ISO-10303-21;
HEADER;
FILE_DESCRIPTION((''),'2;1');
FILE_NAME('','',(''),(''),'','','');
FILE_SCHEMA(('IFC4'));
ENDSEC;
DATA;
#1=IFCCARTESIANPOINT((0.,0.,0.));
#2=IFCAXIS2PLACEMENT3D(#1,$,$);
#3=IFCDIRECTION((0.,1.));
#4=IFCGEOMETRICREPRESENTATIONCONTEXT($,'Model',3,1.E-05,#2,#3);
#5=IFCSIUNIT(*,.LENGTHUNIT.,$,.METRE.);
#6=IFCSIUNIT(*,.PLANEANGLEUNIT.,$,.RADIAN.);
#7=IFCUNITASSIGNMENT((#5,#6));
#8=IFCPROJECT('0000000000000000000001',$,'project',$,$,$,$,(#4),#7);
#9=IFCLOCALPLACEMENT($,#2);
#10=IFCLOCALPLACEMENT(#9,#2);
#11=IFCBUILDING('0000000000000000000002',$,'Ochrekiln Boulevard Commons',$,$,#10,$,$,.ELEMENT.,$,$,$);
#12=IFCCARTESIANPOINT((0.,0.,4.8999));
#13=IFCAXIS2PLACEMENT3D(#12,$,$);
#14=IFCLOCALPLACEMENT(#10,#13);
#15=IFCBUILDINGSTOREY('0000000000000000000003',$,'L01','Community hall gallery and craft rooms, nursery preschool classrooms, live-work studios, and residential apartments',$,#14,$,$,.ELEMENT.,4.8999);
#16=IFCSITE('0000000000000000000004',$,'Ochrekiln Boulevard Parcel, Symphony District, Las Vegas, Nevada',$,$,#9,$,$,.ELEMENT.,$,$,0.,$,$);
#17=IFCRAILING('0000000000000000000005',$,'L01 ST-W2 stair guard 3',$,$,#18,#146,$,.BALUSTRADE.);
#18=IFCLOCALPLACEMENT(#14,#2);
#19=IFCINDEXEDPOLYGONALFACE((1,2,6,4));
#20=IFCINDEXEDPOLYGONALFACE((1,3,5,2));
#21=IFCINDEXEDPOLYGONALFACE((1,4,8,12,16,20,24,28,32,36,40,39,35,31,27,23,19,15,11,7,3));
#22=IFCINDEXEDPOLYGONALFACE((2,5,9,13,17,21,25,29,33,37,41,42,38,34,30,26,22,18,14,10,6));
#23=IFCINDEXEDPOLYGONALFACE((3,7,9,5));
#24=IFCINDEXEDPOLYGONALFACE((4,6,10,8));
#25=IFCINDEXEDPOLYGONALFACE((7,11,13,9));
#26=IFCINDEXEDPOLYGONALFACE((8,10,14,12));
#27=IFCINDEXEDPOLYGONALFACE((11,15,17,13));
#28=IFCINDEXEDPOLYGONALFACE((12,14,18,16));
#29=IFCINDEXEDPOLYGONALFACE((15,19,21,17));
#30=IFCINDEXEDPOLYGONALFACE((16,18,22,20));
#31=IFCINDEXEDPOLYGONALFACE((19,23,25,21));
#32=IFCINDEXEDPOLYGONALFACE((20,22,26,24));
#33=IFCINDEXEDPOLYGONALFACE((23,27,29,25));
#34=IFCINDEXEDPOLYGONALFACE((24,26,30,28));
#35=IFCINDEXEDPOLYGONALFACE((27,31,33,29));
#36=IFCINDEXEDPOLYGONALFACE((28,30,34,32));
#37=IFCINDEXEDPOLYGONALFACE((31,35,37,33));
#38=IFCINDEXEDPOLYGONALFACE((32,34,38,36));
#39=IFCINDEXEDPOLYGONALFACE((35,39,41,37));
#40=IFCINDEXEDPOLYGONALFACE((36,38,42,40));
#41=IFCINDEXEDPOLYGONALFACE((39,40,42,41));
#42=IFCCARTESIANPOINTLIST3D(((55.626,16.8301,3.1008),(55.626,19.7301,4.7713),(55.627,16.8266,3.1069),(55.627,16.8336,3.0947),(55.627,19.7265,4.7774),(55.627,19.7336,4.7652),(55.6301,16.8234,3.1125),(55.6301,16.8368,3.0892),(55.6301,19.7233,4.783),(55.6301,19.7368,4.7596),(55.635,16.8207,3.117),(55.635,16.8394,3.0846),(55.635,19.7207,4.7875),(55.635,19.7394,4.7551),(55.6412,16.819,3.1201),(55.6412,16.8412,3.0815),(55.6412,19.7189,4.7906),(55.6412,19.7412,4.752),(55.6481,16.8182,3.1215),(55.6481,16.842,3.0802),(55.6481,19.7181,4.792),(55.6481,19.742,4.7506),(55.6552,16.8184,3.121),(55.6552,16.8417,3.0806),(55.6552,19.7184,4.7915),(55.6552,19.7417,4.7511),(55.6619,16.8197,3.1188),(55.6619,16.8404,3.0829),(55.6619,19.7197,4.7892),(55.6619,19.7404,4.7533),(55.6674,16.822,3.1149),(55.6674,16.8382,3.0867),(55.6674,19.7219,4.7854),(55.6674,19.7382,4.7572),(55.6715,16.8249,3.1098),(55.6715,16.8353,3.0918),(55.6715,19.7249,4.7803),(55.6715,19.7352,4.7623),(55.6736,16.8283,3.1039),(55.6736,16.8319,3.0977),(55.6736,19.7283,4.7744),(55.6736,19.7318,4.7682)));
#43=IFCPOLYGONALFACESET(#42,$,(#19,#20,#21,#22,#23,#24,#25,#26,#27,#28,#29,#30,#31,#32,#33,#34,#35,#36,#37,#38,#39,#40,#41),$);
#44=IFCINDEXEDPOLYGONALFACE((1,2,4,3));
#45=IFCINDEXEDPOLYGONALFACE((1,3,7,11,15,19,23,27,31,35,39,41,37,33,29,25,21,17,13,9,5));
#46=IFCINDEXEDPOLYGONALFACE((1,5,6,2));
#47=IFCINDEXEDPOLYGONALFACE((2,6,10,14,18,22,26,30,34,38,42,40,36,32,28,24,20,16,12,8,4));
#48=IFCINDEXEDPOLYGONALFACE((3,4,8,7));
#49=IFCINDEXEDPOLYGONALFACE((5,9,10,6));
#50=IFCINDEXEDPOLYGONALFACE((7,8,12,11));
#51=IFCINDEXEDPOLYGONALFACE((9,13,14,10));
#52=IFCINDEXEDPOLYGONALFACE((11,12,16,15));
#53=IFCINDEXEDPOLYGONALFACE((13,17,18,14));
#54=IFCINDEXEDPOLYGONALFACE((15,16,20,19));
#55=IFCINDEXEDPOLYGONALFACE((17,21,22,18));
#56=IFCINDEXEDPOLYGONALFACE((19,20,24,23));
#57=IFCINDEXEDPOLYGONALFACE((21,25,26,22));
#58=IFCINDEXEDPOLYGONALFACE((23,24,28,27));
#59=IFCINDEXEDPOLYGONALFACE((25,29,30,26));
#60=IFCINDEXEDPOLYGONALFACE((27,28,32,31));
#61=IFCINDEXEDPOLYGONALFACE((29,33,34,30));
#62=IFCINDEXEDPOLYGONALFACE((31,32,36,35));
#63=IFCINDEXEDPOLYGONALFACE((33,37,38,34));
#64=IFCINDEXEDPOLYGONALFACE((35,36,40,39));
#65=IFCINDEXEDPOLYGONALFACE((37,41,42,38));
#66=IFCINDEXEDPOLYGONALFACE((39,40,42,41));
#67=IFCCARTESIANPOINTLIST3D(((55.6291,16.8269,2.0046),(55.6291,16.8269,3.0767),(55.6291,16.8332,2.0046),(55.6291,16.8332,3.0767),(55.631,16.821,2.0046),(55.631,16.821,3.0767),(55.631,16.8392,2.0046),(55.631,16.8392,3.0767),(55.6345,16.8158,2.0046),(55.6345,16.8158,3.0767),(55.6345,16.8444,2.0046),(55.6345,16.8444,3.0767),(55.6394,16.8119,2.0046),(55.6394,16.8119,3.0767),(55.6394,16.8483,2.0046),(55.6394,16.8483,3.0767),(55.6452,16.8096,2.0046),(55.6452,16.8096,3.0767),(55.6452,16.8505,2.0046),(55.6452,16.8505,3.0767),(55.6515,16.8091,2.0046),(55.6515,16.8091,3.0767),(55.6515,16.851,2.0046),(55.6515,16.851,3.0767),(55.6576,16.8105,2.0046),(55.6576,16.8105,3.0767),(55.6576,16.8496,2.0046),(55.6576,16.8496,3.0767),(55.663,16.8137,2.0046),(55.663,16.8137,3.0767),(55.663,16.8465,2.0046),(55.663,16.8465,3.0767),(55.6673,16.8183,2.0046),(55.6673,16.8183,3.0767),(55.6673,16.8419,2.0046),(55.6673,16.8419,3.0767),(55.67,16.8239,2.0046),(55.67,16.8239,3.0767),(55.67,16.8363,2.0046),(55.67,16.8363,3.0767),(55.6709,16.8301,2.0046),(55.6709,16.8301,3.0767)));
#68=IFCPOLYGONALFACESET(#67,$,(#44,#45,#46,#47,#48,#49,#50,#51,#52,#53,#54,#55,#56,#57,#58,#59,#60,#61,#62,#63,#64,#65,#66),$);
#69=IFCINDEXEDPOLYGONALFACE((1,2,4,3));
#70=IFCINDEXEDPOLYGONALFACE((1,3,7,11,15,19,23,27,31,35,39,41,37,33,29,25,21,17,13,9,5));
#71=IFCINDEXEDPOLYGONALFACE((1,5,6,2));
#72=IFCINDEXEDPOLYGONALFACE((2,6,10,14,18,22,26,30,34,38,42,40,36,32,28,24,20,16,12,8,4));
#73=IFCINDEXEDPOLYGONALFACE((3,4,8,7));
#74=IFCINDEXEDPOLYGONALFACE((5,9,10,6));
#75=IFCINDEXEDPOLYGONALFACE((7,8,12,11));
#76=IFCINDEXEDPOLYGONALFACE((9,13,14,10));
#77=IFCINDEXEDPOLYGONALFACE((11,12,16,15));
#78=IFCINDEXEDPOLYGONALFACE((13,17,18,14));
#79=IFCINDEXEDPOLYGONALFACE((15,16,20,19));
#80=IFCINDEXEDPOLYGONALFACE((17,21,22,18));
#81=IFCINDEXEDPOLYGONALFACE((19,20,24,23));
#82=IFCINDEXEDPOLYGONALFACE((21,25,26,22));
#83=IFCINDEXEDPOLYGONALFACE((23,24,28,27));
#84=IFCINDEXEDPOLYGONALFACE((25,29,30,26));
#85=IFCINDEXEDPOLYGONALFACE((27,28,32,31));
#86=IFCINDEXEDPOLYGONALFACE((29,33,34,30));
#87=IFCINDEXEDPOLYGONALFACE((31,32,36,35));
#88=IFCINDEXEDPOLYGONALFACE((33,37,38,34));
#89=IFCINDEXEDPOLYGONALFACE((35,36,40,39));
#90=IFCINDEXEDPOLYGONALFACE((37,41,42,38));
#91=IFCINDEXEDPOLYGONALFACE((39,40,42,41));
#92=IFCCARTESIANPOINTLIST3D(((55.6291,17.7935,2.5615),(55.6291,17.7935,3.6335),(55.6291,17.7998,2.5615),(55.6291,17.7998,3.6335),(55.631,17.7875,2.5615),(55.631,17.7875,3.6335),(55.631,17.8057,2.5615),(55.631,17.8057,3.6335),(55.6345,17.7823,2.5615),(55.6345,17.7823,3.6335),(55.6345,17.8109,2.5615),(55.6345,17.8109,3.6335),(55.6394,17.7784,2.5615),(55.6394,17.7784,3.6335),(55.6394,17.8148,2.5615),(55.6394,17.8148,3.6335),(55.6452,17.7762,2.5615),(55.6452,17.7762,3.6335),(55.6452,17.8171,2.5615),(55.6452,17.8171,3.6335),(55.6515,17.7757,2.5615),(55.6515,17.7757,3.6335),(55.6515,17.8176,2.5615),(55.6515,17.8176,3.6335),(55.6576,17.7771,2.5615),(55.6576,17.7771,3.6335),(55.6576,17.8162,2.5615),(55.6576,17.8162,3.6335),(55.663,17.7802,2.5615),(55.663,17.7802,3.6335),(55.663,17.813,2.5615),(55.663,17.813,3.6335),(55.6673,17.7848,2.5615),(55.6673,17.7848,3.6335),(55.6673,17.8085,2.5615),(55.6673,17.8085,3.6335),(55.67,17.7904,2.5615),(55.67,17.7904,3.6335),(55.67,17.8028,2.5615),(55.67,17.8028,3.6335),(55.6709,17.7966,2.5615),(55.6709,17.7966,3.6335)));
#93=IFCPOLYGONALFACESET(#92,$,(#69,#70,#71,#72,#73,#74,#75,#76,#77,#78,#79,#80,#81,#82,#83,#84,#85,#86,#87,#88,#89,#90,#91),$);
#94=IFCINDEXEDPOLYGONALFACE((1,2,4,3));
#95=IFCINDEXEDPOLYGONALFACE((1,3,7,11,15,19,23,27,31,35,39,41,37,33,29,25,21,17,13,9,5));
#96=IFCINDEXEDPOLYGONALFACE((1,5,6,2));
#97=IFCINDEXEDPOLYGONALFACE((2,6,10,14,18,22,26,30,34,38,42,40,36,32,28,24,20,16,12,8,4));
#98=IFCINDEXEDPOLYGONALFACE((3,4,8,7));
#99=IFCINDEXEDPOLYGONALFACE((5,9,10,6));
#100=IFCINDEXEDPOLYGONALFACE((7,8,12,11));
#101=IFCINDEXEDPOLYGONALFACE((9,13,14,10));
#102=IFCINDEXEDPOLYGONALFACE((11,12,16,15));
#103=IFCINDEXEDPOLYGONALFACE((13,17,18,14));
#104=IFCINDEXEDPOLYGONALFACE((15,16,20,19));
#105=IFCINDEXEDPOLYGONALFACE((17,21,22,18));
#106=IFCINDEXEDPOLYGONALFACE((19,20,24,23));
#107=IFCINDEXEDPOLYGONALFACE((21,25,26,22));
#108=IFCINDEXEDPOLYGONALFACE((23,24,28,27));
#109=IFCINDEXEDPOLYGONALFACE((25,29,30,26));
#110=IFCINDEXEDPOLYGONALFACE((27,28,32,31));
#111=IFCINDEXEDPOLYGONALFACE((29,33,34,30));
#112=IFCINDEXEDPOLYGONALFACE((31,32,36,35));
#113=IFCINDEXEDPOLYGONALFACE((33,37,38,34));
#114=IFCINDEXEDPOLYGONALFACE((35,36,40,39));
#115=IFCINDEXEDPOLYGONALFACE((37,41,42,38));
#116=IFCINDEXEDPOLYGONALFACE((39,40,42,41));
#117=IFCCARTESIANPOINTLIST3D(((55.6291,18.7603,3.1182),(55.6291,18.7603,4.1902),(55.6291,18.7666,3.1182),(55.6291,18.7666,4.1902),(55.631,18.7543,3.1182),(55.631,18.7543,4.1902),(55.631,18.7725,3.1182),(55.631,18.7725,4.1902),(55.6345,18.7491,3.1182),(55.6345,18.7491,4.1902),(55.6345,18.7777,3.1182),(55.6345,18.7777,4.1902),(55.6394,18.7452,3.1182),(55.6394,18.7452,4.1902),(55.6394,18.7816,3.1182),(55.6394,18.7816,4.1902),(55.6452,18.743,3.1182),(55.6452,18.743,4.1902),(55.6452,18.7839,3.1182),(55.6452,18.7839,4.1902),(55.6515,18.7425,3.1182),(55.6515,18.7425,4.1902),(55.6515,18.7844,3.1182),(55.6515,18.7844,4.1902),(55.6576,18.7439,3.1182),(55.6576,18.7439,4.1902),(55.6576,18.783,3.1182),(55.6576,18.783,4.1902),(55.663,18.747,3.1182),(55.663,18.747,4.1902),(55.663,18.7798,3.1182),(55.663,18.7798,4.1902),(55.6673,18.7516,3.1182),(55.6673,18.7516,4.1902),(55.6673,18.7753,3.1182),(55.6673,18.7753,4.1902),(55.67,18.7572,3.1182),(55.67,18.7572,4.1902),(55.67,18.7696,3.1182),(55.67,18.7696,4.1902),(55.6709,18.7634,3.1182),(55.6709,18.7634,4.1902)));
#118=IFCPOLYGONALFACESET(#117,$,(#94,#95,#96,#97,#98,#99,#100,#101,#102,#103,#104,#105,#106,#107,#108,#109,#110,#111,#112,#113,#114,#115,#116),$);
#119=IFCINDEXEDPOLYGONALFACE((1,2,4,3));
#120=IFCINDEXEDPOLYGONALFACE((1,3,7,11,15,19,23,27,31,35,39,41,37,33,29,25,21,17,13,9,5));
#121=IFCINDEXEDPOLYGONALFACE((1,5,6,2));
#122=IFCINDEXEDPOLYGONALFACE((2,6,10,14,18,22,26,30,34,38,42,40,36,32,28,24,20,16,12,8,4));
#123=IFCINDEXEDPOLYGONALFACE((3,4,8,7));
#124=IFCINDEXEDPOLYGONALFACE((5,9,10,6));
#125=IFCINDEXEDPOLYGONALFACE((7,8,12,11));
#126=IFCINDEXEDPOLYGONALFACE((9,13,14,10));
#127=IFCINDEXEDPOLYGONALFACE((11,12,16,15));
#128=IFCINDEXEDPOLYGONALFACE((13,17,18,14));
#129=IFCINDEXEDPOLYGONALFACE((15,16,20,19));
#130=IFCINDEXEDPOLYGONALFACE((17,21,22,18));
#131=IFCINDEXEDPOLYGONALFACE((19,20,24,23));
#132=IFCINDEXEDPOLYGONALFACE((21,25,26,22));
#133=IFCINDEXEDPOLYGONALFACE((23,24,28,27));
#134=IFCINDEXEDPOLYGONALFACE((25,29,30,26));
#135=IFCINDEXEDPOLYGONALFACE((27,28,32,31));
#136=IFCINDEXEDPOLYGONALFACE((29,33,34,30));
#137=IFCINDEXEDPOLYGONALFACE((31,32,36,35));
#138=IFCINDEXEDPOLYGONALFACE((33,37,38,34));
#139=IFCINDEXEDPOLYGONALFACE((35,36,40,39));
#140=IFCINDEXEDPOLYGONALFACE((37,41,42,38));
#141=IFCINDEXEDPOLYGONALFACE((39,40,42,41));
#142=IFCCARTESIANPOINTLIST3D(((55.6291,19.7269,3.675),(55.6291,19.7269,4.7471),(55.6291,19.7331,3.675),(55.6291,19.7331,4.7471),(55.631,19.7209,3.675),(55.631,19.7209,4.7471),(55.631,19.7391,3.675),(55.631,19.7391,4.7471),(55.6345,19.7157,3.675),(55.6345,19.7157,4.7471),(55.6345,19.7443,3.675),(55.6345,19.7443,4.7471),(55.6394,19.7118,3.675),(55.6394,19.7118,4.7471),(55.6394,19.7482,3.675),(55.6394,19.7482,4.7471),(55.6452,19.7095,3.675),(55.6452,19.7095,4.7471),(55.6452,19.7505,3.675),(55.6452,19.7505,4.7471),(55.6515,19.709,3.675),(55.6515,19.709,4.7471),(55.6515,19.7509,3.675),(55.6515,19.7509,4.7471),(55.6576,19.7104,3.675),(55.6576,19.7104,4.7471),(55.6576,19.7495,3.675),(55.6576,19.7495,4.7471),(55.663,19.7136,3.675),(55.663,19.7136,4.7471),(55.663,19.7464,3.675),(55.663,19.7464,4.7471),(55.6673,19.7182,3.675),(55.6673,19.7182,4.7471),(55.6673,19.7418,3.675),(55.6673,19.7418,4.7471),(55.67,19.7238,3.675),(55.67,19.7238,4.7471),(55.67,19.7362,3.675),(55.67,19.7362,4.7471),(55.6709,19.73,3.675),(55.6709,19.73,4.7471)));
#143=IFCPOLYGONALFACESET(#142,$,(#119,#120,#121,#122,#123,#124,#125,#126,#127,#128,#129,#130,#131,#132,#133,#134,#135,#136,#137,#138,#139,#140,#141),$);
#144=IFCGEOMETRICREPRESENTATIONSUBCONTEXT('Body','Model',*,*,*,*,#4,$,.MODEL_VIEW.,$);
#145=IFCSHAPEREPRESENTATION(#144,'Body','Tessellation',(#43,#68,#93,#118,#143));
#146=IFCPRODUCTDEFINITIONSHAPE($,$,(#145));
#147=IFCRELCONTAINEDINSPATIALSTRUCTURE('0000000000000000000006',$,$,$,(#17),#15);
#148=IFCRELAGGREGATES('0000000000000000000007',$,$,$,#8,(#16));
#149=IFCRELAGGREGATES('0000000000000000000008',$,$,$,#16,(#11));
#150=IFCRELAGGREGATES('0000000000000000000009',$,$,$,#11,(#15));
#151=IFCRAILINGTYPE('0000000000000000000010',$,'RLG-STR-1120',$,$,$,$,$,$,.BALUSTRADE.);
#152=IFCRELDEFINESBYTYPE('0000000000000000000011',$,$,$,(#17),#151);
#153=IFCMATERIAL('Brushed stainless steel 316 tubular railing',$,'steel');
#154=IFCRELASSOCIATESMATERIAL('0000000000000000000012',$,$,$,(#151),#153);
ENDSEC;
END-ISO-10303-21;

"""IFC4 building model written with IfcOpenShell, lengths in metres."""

from ifc_helpers import new_model, si_unit, direction, frame, origin, origin_2d, place, context, subcontext, project, spatial, circle, extrude, material, type_object, element, save


model = new_model("IFC4")

# Units and contexts
model_context = context("Model", 3, precision=1e-05, world=origin(), true_north=direction((0.0, 1.0)))
body_context = subcontext(model_context, "Body", "Model", "MODEL_VIEW")
ifc_project = project(units=[si_unit("LENGTHUNIT", "METRE"), si_unit("PLANEANGLEUNIT", "RADIAN")], contexts=[model_context])

# Site, building, storey
site_placement = place(None, origin())
site = spatial("IfcSite", under=ifc_project, at=site_placement, Name="Ochrekiln Boulevard Parcel, Symphony District, Las Vegas, Nevada", CompositionType="ELEMENT", RefElevation=0.0)
building_placement = place(site_placement, origin())
building = spatial("IfcBuilding", under=site, at=building_placement, Name="Ochrekiln Boulevard Commons", CompositionType="ELEMENT")
storey_placement = place(building_placement, frame((0.0, 0.0, 4.8999)))
storey = spatial("IfcBuildingStorey", under=building, at=storey_placement, Name="L01", Description="Community hall gallery and craft rooms, nursery preschool classrooms, live-work studios, and residential apartments", CompositionType="ELEMENT", Elevation=4.8999)

# Railing
ifc_material_1 = material(Name="Brushed stainless steel 316 tubular railing", Category="steel")
railing_type_1 = type_object("IfcRailingType", Name="RLG-STR-1120", PredefinedType="BALUSTRADE", material=ifc_material_1)
railing_1_placement = place(storey_placement, frame((55.6499, 16.8301, 2.0046)))
element("IfcRailing", 1, at=railing_1_placement, inside=storey, type_object=railing_type_1, Name="L01 ST-W2 stair guard 3", PredefinedType="BALUSTRADE", context=body_context, shape_type="SweptSolid", body=[
    extrude(circle(Radius=0.0239, at=origin_2d()), frame((0.0, 0.0, 1.0962), z_axis=(0.0, 0.866523, 0.499137), x_axis=(-1.0, 0.0, 0.0)), (0.0, 0.0, 1.0), 3.3467),
    extrude(circle(Radius=0.021, at=origin_2d()), origin(), (0.0, 0.0, 1.0), 1.072),
    extrude(circle(Radius=0.021, at=origin_2d()), frame((0.0, 0.9666, 0.5569)), (0.0, 0.0, 1.0), 1.072),
    extrude(circle(Radius=0.021, at=origin_2d()), frame((0.0, 1.9333, 1.1135)), (0.0, 0.0, 1.0), 1.072),
    extrude(circle(Radius=0.021, at=origin_2d()), frame((0.0, 2.8999, 1.6704)), (0.0, 0.0, 1.0), 1.072),
])

save(model, "model.ifc")
